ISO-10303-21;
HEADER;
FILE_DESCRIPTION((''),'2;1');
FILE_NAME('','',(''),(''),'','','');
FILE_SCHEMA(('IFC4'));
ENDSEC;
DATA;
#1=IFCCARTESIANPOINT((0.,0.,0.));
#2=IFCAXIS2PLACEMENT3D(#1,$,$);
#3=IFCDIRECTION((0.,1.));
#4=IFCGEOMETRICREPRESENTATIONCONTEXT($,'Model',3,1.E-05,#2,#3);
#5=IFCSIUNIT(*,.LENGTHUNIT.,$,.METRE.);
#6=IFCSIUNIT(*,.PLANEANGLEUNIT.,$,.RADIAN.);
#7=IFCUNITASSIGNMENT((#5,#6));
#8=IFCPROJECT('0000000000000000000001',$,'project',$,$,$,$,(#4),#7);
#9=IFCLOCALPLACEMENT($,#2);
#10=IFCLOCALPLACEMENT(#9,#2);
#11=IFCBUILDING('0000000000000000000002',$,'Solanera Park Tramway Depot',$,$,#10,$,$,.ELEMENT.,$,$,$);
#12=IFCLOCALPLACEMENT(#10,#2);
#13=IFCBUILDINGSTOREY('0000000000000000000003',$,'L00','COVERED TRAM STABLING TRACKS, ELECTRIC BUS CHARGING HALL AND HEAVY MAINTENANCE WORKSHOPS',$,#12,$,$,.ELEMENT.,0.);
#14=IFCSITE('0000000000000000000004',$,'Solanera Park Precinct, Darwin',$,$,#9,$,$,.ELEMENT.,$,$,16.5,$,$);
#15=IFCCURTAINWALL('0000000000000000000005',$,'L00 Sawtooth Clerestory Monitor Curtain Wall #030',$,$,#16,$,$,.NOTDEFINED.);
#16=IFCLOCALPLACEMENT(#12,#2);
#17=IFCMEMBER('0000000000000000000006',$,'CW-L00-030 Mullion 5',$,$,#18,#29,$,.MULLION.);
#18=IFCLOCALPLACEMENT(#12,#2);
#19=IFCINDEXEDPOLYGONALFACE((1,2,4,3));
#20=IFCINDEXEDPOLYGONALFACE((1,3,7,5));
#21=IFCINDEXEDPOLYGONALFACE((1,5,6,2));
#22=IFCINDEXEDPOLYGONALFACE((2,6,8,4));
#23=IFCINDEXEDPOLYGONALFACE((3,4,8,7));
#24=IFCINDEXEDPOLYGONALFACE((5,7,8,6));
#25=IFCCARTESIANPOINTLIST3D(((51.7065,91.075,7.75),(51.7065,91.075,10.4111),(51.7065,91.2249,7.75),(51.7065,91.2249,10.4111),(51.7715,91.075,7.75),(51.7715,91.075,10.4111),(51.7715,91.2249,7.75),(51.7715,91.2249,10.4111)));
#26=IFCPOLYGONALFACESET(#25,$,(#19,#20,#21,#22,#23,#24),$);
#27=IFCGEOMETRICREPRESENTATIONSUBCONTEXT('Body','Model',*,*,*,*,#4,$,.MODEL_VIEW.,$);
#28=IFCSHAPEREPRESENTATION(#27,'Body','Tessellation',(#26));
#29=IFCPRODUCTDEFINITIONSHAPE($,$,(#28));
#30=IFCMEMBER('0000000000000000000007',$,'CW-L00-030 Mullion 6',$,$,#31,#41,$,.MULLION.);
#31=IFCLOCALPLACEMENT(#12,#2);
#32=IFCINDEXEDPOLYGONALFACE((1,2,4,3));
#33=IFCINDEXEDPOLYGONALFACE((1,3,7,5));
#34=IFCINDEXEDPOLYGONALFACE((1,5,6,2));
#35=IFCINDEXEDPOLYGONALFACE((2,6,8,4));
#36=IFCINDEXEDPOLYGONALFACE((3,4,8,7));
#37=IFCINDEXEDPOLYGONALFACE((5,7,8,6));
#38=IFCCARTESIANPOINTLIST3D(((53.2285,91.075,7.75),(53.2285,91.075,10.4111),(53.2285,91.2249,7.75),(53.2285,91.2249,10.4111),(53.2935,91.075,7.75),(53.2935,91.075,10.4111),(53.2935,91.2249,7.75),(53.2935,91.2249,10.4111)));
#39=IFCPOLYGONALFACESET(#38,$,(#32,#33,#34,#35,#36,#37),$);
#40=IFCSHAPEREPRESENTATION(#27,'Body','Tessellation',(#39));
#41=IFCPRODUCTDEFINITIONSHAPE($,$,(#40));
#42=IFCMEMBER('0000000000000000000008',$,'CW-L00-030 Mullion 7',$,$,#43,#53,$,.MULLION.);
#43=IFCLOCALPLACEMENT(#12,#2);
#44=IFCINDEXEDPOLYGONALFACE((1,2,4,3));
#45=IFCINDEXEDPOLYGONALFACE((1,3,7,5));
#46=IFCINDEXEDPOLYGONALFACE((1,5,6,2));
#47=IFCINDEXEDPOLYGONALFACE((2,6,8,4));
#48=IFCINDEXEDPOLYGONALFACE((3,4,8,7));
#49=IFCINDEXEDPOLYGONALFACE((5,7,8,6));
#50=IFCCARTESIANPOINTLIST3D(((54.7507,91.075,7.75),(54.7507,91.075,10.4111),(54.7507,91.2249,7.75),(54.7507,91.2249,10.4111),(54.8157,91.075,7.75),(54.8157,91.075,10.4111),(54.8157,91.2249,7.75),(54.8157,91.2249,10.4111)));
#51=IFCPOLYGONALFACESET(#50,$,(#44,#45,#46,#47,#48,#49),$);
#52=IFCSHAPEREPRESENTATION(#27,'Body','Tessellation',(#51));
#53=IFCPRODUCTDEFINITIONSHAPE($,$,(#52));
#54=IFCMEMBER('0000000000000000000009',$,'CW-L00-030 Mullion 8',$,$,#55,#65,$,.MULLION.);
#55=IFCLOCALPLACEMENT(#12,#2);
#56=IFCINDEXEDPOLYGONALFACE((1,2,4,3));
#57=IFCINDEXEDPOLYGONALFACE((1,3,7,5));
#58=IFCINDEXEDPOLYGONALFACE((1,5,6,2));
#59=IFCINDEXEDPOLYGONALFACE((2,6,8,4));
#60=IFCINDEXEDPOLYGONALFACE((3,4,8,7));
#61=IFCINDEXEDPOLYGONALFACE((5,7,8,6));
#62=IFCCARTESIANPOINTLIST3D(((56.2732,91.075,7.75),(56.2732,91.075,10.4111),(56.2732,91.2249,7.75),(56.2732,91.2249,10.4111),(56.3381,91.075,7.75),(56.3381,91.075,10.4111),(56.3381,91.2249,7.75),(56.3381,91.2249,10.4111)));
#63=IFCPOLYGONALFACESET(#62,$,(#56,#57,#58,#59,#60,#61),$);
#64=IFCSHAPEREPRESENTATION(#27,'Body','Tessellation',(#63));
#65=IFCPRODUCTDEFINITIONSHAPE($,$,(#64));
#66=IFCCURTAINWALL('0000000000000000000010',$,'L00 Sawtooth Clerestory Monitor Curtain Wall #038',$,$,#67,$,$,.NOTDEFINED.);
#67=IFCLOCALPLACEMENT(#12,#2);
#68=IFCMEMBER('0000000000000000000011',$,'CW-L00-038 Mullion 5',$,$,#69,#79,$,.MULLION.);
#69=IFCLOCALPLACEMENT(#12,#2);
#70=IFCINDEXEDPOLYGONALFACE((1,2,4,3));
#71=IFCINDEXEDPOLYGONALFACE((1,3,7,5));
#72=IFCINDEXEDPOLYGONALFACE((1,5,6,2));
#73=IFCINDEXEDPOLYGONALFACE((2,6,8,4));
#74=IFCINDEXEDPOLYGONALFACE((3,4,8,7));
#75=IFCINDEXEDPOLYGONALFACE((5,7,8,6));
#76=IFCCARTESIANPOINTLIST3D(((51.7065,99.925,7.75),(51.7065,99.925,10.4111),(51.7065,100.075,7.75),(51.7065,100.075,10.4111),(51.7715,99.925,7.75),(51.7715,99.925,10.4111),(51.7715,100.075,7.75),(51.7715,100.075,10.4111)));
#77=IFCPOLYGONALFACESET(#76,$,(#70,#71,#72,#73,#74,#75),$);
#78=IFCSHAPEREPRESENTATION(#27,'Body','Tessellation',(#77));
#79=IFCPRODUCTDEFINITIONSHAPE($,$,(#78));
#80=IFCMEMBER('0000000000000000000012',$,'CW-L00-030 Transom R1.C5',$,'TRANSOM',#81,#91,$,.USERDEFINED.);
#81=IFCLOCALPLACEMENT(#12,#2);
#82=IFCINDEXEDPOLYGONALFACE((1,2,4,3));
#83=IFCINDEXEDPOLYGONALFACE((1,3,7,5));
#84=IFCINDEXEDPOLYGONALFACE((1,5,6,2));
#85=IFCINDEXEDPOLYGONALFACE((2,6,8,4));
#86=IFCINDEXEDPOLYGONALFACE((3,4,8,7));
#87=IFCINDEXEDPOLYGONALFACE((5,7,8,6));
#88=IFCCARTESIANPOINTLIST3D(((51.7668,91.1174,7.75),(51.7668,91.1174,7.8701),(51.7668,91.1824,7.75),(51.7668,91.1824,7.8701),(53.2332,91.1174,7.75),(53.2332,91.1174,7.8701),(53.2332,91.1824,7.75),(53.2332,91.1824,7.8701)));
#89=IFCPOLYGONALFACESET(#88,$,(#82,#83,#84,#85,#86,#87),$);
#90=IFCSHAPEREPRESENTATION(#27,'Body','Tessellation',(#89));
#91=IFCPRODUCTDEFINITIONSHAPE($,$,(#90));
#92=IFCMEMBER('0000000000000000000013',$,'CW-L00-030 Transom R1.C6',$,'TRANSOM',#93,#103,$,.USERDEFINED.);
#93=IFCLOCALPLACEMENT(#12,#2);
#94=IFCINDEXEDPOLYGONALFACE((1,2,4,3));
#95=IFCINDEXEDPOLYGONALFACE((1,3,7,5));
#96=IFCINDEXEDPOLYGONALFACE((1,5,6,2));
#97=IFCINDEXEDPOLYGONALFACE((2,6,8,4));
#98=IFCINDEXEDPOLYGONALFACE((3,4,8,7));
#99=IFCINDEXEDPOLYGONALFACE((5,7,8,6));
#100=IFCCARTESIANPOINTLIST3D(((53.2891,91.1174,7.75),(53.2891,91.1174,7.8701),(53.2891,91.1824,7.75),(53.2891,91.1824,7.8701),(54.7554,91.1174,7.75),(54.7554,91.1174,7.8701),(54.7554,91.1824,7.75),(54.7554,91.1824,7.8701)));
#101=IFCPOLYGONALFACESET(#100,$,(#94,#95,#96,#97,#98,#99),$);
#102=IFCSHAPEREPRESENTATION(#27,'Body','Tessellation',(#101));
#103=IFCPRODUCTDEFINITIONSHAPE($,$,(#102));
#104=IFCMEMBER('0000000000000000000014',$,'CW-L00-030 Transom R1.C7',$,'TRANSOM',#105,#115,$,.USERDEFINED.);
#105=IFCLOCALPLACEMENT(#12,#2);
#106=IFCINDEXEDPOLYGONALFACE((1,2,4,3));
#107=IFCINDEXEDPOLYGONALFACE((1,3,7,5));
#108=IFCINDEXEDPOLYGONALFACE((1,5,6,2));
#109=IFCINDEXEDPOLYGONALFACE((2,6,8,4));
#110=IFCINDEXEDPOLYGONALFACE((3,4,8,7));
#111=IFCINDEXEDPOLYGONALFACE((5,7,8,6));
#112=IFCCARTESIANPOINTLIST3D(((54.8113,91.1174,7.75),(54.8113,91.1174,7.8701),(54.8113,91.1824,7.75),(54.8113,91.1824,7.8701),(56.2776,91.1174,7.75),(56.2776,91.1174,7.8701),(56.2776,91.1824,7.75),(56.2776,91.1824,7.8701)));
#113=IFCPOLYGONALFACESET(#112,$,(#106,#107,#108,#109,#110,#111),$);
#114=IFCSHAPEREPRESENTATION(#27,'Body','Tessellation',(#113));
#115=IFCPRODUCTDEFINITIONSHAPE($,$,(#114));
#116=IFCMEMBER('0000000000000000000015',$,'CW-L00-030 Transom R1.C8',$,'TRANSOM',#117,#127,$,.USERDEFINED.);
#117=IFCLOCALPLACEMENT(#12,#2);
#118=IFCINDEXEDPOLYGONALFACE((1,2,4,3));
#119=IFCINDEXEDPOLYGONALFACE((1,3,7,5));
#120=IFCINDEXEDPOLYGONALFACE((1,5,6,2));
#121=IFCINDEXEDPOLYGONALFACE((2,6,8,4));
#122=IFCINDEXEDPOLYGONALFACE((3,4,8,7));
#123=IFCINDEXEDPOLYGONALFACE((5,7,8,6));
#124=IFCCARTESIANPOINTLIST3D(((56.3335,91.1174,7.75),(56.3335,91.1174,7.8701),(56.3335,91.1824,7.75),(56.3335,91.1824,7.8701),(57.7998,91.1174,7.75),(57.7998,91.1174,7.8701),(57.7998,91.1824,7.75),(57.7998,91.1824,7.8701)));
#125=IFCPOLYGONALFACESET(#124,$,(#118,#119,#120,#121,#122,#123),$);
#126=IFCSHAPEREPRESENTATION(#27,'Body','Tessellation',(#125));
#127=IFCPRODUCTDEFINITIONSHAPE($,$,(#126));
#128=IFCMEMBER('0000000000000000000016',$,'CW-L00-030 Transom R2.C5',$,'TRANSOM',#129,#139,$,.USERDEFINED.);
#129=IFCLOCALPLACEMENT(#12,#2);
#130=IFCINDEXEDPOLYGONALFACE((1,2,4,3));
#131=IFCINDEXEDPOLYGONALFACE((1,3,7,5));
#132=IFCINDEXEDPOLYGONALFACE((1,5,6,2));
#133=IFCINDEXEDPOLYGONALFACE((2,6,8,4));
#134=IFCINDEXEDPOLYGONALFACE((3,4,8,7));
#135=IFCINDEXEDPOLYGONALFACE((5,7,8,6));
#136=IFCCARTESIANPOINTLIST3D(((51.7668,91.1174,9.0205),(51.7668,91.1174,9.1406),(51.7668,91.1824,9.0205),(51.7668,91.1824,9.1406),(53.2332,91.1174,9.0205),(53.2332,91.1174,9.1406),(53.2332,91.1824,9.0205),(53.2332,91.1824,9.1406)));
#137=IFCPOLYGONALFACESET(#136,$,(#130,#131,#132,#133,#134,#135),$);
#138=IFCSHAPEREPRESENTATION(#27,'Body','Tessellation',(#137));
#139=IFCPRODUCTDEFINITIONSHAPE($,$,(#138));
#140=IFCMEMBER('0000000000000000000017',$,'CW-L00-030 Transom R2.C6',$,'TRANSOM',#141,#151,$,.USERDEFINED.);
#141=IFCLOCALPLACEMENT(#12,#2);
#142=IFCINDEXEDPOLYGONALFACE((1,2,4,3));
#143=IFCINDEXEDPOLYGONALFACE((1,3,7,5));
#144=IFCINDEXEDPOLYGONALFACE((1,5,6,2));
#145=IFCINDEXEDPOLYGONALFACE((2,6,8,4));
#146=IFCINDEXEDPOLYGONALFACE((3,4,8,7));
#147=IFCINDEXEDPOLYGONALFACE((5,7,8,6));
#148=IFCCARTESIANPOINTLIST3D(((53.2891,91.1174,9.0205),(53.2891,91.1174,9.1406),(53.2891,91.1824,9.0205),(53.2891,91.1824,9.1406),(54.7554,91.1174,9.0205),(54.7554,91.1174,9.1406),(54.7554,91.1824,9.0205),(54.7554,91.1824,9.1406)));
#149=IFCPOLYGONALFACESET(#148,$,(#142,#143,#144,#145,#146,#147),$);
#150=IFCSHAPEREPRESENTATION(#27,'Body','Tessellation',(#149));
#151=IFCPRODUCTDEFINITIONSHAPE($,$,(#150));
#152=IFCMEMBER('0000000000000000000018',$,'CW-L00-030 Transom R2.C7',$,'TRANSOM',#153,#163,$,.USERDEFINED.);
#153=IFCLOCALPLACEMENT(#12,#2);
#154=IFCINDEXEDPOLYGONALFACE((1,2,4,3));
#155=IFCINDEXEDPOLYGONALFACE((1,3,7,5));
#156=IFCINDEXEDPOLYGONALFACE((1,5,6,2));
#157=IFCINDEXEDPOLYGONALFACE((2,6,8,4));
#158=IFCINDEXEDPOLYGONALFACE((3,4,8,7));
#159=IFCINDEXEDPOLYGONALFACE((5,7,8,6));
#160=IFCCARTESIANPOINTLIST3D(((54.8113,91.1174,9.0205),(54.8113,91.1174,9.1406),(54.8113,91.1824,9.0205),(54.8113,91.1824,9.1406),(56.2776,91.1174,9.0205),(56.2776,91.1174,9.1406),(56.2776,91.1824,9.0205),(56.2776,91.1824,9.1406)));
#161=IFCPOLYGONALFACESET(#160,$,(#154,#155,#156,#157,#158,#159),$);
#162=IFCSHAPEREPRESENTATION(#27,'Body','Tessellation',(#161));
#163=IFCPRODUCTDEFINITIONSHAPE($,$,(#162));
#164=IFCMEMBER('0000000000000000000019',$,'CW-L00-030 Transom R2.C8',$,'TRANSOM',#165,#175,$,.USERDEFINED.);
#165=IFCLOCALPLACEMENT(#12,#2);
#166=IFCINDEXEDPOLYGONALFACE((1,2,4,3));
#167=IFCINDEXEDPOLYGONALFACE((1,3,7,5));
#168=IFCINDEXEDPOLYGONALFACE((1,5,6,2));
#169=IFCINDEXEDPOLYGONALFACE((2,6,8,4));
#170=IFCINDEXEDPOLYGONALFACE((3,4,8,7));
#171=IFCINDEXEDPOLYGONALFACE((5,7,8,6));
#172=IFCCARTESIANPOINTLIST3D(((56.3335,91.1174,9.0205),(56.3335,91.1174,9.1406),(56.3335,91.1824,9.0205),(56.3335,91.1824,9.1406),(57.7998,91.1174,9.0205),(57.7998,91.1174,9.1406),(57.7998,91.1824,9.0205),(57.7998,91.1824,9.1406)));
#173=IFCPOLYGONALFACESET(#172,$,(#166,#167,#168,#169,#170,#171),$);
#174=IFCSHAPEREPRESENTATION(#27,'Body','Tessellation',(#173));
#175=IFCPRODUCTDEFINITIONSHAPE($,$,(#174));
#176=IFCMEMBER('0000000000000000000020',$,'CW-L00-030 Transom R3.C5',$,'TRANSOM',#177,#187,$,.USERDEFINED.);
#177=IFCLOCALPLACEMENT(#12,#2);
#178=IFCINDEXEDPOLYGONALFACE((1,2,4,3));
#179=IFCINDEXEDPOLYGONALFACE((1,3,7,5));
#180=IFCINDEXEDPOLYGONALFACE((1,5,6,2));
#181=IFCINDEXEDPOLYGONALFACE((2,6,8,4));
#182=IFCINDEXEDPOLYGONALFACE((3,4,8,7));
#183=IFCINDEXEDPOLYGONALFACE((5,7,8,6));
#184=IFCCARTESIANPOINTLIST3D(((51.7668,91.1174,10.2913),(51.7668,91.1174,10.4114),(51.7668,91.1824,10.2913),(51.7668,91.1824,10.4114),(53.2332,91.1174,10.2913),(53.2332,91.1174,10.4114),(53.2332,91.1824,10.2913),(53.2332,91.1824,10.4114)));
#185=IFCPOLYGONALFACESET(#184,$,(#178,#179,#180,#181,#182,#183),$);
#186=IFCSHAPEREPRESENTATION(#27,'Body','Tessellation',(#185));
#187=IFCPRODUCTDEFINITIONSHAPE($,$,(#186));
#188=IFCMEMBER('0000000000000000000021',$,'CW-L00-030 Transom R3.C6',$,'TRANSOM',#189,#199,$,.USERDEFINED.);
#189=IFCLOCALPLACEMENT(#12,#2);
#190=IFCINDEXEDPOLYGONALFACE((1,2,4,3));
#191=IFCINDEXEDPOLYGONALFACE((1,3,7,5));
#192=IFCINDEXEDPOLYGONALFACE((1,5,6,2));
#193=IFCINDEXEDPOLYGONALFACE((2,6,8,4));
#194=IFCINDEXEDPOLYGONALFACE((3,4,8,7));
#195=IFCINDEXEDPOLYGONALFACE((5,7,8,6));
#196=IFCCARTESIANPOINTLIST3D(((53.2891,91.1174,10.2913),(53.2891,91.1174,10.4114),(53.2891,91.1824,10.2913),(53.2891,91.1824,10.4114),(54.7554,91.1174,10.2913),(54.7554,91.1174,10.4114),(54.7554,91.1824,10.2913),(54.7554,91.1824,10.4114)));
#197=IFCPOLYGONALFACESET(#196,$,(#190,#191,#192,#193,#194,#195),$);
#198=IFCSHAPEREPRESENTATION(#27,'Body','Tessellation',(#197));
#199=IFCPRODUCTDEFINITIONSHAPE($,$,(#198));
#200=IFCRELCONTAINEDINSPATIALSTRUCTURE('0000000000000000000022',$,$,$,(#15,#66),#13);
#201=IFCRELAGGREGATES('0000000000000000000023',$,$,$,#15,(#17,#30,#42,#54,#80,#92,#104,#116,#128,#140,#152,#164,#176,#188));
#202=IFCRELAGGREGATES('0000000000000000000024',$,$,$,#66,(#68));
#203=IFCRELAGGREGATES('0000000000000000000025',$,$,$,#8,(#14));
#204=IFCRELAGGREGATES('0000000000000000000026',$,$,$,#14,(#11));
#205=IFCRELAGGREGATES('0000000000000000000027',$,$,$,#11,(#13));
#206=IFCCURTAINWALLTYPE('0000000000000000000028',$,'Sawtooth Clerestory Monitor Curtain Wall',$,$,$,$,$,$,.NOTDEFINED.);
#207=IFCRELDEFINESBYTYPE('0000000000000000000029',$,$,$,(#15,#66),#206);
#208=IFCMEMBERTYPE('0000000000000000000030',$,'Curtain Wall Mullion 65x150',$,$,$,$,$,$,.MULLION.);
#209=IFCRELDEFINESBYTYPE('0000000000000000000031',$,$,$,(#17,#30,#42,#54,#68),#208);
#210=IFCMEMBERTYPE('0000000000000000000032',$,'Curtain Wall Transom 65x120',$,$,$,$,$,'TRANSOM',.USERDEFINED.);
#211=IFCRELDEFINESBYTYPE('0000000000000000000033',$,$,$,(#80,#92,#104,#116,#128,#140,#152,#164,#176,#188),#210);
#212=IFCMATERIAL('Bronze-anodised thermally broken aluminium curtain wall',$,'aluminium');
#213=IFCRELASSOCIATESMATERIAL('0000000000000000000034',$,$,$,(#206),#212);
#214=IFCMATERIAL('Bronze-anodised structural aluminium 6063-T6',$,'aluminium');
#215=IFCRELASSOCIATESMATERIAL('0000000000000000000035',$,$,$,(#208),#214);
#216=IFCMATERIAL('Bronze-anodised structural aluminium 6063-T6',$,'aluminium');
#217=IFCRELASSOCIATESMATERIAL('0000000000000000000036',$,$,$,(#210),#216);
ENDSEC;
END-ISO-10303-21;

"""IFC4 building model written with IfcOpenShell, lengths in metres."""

from ifc_helpers import new_model, si_unit, direction, frame, origin, origin_2d, place, context, subcontext, project, spatial, rectangle, extrude, material, material_profile, profile_set, type_object, element, aggregate, save


model = new_model("IFC4")

# Units and contexts
model_context = context("Model", 3, precision=1e-05, world=origin(), true_north=direction((0.0, 1.0)))
body_context = subcontext(model_context, "Body", "Model", "MODEL_VIEW")
ifc_project = project(units=[si_unit("LENGTHUNIT", "METRE"), si_unit("PLANEANGLEUNIT", "RADIAN")], contexts=[model_context])

# Site, building, storey
site_placement = place(None, origin())
site = spatial("IfcSite", under=ifc_project, at=site_placement, Name="Solanera Park Precinct, Darwin", CompositionType="ELEMENT", RefElevation=16.5)
building_placement = place(site_placement, origin())
building = spatial("IfcBuilding", under=site, at=building_placement, Name="Solanera Park Tramway Depot", CompositionType="ELEMENT")
storey_placement = place(building_placement, origin())
storey = spatial("IfcBuildingStorey", under=building, at=storey_placement, Name="L00", Description="COVERED TRAM STABLING TRACKS, ELECTRIC BUS CHARGING HALL AND HEAVY MAINTENANCE WORKSHOPS", CompositionType="ELEMENT", Elevation=0.0)

# Curtain wall, members
ifc_material_1 = material(Name="Bronze-anodised thermally broken aluminium curtain wall", Category="aluminium")
curtain_wall_type = type_object("IfcCurtainWallType", Name="Sawtooth Clerestory Monitor Curtain Wall", PredefinedType="NOTDEFINED", material=ifc_material_1)
curtain_wall_1_placement = place(storey_placement, origin())
curtain_wall_1 = element("IfcCurtainWall", 1, at=curtain_wall_1_placement, inside=storey, type_object=curtain_wall_type, Name="L00 Sawtooth Clerestory Monitor Curtain Wall #030", PredefinedType="NOTDEFINED")
ifc_material_2 = material(Name="Bronze-anodised structural aluminium 6063-T6", Category="aluminium")
ifc_material_profile_1 = material_profile(ifc_material_2, rectangle(XDim=0.0649, YDim=0.1499, at=origin_2d()), Name="Curtain Wall Mullion 65x150")
ifc_profile_set_1 = profile_set([ifc_material_profile_1], Name="Bronze-anodised structural aluminium 6063-T6")
member_type_1 = type_object("IfcMemberType", Name="Curtain Wall Mullion 65x150", PredefinedType="MULLION", material=ifc_profile_set_1)
member_1_placement = place(storey_placement, frame((51.739, 91.1499, 7.75), z_axis=(0.0, 0.0, 1.0), x_axis=(1.0, 0.0, 0.0)))
member_1 = element("IfcMember", 2, at=member_1_placement, type_object=member_type_1, Name="CW-L00-030 Mullion 5", PredefinedType="MULLION", context=body_context, shape_type="SweptSolid", body=[
    extrude(rectangle(XDim=0.0649, YDim=0.1499, at=origin_2d()), origin(), (0.0, 0.0, 1.0), 2.6611),
])
member_2_placement = place(storey_placement, frame((53.261, 91.1499, 7.75), z_axis=(0.0, 0.0, 1.0), x_axis=(1.0, 0.0, 0.0)))
member_2 = element("IfcMember", 3, at=member_2_placement, type_object=member_type_1, Name="CW-L00-030 Mullion 6", PredefinedType="MULLION", context=body_context, shape_type="SweptSolid", body=[
    extrude(rectangle(XDim=0.0649, YDim=0.1499, at=origin_2d()), origin(), (0.0, 0.0, 1.0), 2.6611),
])
member_3_placement = place(storey_placement, frame((54.7832, 91.1499, 7.75), z_axis=(0.0, 0.0, 1.0), x_axis=(1.0, 0.0, 0.0)))
member_3 = element("IfcMember", 4, at=member_3_placement, type_object=member_type_1, Name="CW-L00-030 Mullion 7", PredefinedType="MULLION", context=body_context, shape_type="SweptSolid", body=[
    extrude(rectangle(XDim=0.0649, YDim=0.1499, at=origin_2d()), origin(), (0.0, 0.0, 1.0), 2.6611),
])
member_4_placement = place(storey_placement, frame((56.3057, 91.1499, 7.75), z_axis=(0.0, 0.0, 1.0), x_axis=(1.0, 0.0, 0.0)))
member_4 = element("IfcMember", 5, at=member_4_placement, type_object=member_type_1, Name="CW-L00-030 Mullion 8", PredefinedType="MULLION", context=body_context, shape_type="SweptSolid", body=[
    extrude(rectangle(XDim=0.0649, YDim=0.1499, at=origin_2d()), origin(), (0.0, 0.0, 1.0), 2.6611),
])

# Curtain wall, member
curtain_wall_2_placement = place(storey_placement, origin())
curtain_wall_2 = element("IfcCurtainWall", 6, at=curtain_wall_2_placement, inside=storey, type_object=curtain_wall_type, Name="L00 Sawtooth Clerestory Monitor Curtain Wall #038", PredefinedType="NOTDEFINED")
member_5_placement = place(storey_placement, frame((51.739, 100.0, 7.75), z_axis=(0.0, 0.0, 1.0), x_axis=(1.0, 0.0, 0.0)))
member_5 = element("IfcMember", 7, at=member_5_placement, type_object=member_type_1, Name="CW-L00-038 Mullion 5", PredefinedType="MULLION", context=body_context, shape_type="SweptSolid", body=[
    extrude(rectangle(XDim=0.0649, YDim=0.1499, at=origin_2d()), origin(), (0.0, 0.0, 1.0), 2.6611),
])

# Members
ifc_material_3 = material(Name="Bronze-anodised structural aluminium 6063-T6", Category="aluminium")
ifc_material_profile_2 = material_profile(ifc_material_3, rectangle(XDim=0.0649, YDim=0.1201, at=origin_2d()), Name="Curtain Wall Transom 65x120")
ifc_profile_set_2 = profile_set([ifc_material_profile_2], Name="Bronze-anodised structural aluminium 6063-T6")
member_type_2 = type_object("IfcMemberType", Name="Curtain Wall Transom 65x120", ElementType="TRANSOM", PredefinedType="USERDEFINED", material=ifc_profile_set_2)
member_6_placement = place(storey_placement, frame((51.7668, 91.1499, 7.8101), z_axis=(1.0, 0.0, 0.0), x_axis=(0.0, 1.0, 0.0)))
member_6 = element("IfcMember", 8, at=member_6_placement, type_object=member_type_2, Name="CW-L00-030 Transom R1.C5", ObjectType="TRANSOM", PredefinedType="USERDEFINED", context=body_context, shape_type="SweptSolid", body=[
    extrude(rectangle(XDim=0.0649, YDim=0.1201, at=origin_2d()), origin(), (0.0, 0.0, 1.0), 1.4663),
])
member_7_placement = place(storey_placement, frame((53.2891, 91.1499, 7.8101), z_axis=(1.0, 0.0, 0.0), x_axis=(0.0, 1.0, 0.0)))
member_7 = element("IfcMember", 9, at=member_7_placement, type_object=member_type_2, Name="CW-L00-030 Transom R1.C6", ObjectType="TRANSOM", PredefinedType="USERDEFINED", context=body_context, shape_type="SweptSolid", body=[
    extrude(rectangle(XDim=0.0649, YDim=0.1201, at=origin_2d()), origin(), (0.0, 0.0, 1.0), 1.4663),
])
member_8_placement = place(storey_placement, frame((54.8113, 91.1499, 7.8101), z_axis=(1.0, 0.0, 0.0), x_axis=(0.0, 1.0, 0.0)))
member_8 = element("IfcMember", 10, at=member_8_placement, type_object=member_type_2, Name="CW-L00-030 Transom R1.C7", ObjectType="TRANSOM", PredefinedType="USERDEFINED", context=body_context, shape_type="SweptSolid", body=[
    extrude(rectangle(XDim=0.0649, YDim=0.1201, at=origin_2d()), origin(), (0.0, 0.0, 1.0), 1.4663),
])
member_9_placement = place(storey_placement, frame((56.3335, 91.1499, 7.8101), z_axis=(1.0, 0.0, 0.0), x_axis=(0.0, 1.0, 0.0)))
member_9 = element("IfcMember", 11, at=member_9_placement, type_object=member_type_2, Name="CW-L00-030 Transom R1.C8", ObjectType="TRANSOM", PredefinedType="USERDEFINED", context=body_context, shape_type="SweptSolid", body=[
    extrude(rectangle(XDim=0.0649, YDim=0.1201, at=origin_2d()), origin(), (0.0, 0.0, 1.0), 1.4663),
])
member_10_placement = place(storey_placement, frame((51.7668, 91.1499, 9.0806), z_axis=(1.0, 0.0, 0.0), x_axis=(0.0, 1.0, 0.0)))
member_10 = element("IfcMember", 12, at=member_10_placement, type_object=member_type_2, Name="CW-L00-030 Transom R2.C5", ObjectType="TRANSOM", PredefinedType="USERDEFINED", context=body_context, shape_type="SweptSolid", body=[
    extrude(rectangle(XDim=0.0649, YDim=0.1201, at=origin_2d()), origin(), (0.0, 0.0, 1.0), 1.4663),
])
member_11_placement = place(storey_placement, frame((53.2891, 91.1499, 9.0806), z_axis=(1.0, 0.0, 0.0), x_axis=(0.0, 1.0, 0.0)))
member_11 = element("IfcMember", 13, at=member_11_placement, type_object=member_type_2, Name="CW-L00-030 Transom R2.C6", ObjectType="TRANSOM", PredefinedType="USERDEFINED", context=body_context, shape_type="SweptSolid", body=[
    extrude(rectangle(XDim=0.0649, YDim=0.1201, at=origin_2d()), origin(), (0.0, 0.0, 1.0), 1.4663),
])
member_12_placement = place(storey_placement, frame((54.8113, 91.1499, 9.0806), z_axis=(1.0, 0.0, 0.0), x_axis=(0.0, 1.0, 0.0)))
member_12 = element("IfcMember", 14, at=member_12_placement, type_object=member_type_2, Name="CW-L00-030 Transom R2.C7", ObjectType="TRANSOM", PredefinedType="USERDEFINED", context=body_context, shape_type="SweptSolid", body=[
    extrude(rectangle(XDim=0.0649, YDim=0.1201, at=origin_2d()), origin(), (0.0, 0.0, 1.0), 1.4663),
])
member_13_placement = place(storey_placement, frame((56.3335, 91.1499, 9.0806), z_axis=(1.0, 0.0, 0.0), x_axis=(0.0, 1.0, 0.0)))
member_13 = element("IfcMember", 15, at=member_13_placement, type_object=member_type_2, Name="CW-L00-030 Transom R2.C8", ObjectType="TRANSOM", PredefinedType="USERDEFINED", context=body_context, shape_type="SweptSolid", body=[
    extrude(rectangle(XDim=0.0649, YDim=0.1201, at=origin_2d()), origin(), (0.0, 0.0, 1.0), 1.4663),
])
member_14_placement = place(storey_placement, frame((51.7668, 91.1499, 10.3513), z_axis=(1.0, 0.0, 0.0), x_axis=(0.0, 1.0, 0.0)))
member_14 = element("IfcMember", 16, at=member_14_placement, type_object=member_type_2, Name="CW-L00-030 Transom R3.C5", ObjectType="TRANSOM", PredefinedType="USERDEFINED", context=body_context, shape_type="SweptSolid", body=[
    extrude(rectangle(XDim=0.0649, YDim=0.1201, at=origin_2d()), origin(), (0.0, 0.0, 1.0), 1.4663),
])
member_15_placement = place(storey_placement, frame((53.2891, 91.1499, 10.3513), z_axis=(1.0, 0.0, 0.0), x_axis=(0.0, 1.0, 0.0)))
member_15 = element("IfcMember", 17, at=member_15_placement, type_object=member_type_2, Name="CW-L00-030 Transom R3.C6", ObjectType="TRANSOM", PredefinedType="USERDEFINED", context=body_context, shape_type="SweptSolid", body=[
    extrude(rectangle(XDim=0.0649, YDim=0.1201, at=origin_2d()), origin(), (0.0, 0.0, 1.0), 1.4663),
])

aggregate(curtain_wall_1, [member_1, member_2, member_3, member_4, member_6, member_7, member_8, member_9, member_10, member_11, member_12, member_13, member_14, member_15])
aggregate(curtain_wall_2, [member_5])

save(model, "model.ifc")
